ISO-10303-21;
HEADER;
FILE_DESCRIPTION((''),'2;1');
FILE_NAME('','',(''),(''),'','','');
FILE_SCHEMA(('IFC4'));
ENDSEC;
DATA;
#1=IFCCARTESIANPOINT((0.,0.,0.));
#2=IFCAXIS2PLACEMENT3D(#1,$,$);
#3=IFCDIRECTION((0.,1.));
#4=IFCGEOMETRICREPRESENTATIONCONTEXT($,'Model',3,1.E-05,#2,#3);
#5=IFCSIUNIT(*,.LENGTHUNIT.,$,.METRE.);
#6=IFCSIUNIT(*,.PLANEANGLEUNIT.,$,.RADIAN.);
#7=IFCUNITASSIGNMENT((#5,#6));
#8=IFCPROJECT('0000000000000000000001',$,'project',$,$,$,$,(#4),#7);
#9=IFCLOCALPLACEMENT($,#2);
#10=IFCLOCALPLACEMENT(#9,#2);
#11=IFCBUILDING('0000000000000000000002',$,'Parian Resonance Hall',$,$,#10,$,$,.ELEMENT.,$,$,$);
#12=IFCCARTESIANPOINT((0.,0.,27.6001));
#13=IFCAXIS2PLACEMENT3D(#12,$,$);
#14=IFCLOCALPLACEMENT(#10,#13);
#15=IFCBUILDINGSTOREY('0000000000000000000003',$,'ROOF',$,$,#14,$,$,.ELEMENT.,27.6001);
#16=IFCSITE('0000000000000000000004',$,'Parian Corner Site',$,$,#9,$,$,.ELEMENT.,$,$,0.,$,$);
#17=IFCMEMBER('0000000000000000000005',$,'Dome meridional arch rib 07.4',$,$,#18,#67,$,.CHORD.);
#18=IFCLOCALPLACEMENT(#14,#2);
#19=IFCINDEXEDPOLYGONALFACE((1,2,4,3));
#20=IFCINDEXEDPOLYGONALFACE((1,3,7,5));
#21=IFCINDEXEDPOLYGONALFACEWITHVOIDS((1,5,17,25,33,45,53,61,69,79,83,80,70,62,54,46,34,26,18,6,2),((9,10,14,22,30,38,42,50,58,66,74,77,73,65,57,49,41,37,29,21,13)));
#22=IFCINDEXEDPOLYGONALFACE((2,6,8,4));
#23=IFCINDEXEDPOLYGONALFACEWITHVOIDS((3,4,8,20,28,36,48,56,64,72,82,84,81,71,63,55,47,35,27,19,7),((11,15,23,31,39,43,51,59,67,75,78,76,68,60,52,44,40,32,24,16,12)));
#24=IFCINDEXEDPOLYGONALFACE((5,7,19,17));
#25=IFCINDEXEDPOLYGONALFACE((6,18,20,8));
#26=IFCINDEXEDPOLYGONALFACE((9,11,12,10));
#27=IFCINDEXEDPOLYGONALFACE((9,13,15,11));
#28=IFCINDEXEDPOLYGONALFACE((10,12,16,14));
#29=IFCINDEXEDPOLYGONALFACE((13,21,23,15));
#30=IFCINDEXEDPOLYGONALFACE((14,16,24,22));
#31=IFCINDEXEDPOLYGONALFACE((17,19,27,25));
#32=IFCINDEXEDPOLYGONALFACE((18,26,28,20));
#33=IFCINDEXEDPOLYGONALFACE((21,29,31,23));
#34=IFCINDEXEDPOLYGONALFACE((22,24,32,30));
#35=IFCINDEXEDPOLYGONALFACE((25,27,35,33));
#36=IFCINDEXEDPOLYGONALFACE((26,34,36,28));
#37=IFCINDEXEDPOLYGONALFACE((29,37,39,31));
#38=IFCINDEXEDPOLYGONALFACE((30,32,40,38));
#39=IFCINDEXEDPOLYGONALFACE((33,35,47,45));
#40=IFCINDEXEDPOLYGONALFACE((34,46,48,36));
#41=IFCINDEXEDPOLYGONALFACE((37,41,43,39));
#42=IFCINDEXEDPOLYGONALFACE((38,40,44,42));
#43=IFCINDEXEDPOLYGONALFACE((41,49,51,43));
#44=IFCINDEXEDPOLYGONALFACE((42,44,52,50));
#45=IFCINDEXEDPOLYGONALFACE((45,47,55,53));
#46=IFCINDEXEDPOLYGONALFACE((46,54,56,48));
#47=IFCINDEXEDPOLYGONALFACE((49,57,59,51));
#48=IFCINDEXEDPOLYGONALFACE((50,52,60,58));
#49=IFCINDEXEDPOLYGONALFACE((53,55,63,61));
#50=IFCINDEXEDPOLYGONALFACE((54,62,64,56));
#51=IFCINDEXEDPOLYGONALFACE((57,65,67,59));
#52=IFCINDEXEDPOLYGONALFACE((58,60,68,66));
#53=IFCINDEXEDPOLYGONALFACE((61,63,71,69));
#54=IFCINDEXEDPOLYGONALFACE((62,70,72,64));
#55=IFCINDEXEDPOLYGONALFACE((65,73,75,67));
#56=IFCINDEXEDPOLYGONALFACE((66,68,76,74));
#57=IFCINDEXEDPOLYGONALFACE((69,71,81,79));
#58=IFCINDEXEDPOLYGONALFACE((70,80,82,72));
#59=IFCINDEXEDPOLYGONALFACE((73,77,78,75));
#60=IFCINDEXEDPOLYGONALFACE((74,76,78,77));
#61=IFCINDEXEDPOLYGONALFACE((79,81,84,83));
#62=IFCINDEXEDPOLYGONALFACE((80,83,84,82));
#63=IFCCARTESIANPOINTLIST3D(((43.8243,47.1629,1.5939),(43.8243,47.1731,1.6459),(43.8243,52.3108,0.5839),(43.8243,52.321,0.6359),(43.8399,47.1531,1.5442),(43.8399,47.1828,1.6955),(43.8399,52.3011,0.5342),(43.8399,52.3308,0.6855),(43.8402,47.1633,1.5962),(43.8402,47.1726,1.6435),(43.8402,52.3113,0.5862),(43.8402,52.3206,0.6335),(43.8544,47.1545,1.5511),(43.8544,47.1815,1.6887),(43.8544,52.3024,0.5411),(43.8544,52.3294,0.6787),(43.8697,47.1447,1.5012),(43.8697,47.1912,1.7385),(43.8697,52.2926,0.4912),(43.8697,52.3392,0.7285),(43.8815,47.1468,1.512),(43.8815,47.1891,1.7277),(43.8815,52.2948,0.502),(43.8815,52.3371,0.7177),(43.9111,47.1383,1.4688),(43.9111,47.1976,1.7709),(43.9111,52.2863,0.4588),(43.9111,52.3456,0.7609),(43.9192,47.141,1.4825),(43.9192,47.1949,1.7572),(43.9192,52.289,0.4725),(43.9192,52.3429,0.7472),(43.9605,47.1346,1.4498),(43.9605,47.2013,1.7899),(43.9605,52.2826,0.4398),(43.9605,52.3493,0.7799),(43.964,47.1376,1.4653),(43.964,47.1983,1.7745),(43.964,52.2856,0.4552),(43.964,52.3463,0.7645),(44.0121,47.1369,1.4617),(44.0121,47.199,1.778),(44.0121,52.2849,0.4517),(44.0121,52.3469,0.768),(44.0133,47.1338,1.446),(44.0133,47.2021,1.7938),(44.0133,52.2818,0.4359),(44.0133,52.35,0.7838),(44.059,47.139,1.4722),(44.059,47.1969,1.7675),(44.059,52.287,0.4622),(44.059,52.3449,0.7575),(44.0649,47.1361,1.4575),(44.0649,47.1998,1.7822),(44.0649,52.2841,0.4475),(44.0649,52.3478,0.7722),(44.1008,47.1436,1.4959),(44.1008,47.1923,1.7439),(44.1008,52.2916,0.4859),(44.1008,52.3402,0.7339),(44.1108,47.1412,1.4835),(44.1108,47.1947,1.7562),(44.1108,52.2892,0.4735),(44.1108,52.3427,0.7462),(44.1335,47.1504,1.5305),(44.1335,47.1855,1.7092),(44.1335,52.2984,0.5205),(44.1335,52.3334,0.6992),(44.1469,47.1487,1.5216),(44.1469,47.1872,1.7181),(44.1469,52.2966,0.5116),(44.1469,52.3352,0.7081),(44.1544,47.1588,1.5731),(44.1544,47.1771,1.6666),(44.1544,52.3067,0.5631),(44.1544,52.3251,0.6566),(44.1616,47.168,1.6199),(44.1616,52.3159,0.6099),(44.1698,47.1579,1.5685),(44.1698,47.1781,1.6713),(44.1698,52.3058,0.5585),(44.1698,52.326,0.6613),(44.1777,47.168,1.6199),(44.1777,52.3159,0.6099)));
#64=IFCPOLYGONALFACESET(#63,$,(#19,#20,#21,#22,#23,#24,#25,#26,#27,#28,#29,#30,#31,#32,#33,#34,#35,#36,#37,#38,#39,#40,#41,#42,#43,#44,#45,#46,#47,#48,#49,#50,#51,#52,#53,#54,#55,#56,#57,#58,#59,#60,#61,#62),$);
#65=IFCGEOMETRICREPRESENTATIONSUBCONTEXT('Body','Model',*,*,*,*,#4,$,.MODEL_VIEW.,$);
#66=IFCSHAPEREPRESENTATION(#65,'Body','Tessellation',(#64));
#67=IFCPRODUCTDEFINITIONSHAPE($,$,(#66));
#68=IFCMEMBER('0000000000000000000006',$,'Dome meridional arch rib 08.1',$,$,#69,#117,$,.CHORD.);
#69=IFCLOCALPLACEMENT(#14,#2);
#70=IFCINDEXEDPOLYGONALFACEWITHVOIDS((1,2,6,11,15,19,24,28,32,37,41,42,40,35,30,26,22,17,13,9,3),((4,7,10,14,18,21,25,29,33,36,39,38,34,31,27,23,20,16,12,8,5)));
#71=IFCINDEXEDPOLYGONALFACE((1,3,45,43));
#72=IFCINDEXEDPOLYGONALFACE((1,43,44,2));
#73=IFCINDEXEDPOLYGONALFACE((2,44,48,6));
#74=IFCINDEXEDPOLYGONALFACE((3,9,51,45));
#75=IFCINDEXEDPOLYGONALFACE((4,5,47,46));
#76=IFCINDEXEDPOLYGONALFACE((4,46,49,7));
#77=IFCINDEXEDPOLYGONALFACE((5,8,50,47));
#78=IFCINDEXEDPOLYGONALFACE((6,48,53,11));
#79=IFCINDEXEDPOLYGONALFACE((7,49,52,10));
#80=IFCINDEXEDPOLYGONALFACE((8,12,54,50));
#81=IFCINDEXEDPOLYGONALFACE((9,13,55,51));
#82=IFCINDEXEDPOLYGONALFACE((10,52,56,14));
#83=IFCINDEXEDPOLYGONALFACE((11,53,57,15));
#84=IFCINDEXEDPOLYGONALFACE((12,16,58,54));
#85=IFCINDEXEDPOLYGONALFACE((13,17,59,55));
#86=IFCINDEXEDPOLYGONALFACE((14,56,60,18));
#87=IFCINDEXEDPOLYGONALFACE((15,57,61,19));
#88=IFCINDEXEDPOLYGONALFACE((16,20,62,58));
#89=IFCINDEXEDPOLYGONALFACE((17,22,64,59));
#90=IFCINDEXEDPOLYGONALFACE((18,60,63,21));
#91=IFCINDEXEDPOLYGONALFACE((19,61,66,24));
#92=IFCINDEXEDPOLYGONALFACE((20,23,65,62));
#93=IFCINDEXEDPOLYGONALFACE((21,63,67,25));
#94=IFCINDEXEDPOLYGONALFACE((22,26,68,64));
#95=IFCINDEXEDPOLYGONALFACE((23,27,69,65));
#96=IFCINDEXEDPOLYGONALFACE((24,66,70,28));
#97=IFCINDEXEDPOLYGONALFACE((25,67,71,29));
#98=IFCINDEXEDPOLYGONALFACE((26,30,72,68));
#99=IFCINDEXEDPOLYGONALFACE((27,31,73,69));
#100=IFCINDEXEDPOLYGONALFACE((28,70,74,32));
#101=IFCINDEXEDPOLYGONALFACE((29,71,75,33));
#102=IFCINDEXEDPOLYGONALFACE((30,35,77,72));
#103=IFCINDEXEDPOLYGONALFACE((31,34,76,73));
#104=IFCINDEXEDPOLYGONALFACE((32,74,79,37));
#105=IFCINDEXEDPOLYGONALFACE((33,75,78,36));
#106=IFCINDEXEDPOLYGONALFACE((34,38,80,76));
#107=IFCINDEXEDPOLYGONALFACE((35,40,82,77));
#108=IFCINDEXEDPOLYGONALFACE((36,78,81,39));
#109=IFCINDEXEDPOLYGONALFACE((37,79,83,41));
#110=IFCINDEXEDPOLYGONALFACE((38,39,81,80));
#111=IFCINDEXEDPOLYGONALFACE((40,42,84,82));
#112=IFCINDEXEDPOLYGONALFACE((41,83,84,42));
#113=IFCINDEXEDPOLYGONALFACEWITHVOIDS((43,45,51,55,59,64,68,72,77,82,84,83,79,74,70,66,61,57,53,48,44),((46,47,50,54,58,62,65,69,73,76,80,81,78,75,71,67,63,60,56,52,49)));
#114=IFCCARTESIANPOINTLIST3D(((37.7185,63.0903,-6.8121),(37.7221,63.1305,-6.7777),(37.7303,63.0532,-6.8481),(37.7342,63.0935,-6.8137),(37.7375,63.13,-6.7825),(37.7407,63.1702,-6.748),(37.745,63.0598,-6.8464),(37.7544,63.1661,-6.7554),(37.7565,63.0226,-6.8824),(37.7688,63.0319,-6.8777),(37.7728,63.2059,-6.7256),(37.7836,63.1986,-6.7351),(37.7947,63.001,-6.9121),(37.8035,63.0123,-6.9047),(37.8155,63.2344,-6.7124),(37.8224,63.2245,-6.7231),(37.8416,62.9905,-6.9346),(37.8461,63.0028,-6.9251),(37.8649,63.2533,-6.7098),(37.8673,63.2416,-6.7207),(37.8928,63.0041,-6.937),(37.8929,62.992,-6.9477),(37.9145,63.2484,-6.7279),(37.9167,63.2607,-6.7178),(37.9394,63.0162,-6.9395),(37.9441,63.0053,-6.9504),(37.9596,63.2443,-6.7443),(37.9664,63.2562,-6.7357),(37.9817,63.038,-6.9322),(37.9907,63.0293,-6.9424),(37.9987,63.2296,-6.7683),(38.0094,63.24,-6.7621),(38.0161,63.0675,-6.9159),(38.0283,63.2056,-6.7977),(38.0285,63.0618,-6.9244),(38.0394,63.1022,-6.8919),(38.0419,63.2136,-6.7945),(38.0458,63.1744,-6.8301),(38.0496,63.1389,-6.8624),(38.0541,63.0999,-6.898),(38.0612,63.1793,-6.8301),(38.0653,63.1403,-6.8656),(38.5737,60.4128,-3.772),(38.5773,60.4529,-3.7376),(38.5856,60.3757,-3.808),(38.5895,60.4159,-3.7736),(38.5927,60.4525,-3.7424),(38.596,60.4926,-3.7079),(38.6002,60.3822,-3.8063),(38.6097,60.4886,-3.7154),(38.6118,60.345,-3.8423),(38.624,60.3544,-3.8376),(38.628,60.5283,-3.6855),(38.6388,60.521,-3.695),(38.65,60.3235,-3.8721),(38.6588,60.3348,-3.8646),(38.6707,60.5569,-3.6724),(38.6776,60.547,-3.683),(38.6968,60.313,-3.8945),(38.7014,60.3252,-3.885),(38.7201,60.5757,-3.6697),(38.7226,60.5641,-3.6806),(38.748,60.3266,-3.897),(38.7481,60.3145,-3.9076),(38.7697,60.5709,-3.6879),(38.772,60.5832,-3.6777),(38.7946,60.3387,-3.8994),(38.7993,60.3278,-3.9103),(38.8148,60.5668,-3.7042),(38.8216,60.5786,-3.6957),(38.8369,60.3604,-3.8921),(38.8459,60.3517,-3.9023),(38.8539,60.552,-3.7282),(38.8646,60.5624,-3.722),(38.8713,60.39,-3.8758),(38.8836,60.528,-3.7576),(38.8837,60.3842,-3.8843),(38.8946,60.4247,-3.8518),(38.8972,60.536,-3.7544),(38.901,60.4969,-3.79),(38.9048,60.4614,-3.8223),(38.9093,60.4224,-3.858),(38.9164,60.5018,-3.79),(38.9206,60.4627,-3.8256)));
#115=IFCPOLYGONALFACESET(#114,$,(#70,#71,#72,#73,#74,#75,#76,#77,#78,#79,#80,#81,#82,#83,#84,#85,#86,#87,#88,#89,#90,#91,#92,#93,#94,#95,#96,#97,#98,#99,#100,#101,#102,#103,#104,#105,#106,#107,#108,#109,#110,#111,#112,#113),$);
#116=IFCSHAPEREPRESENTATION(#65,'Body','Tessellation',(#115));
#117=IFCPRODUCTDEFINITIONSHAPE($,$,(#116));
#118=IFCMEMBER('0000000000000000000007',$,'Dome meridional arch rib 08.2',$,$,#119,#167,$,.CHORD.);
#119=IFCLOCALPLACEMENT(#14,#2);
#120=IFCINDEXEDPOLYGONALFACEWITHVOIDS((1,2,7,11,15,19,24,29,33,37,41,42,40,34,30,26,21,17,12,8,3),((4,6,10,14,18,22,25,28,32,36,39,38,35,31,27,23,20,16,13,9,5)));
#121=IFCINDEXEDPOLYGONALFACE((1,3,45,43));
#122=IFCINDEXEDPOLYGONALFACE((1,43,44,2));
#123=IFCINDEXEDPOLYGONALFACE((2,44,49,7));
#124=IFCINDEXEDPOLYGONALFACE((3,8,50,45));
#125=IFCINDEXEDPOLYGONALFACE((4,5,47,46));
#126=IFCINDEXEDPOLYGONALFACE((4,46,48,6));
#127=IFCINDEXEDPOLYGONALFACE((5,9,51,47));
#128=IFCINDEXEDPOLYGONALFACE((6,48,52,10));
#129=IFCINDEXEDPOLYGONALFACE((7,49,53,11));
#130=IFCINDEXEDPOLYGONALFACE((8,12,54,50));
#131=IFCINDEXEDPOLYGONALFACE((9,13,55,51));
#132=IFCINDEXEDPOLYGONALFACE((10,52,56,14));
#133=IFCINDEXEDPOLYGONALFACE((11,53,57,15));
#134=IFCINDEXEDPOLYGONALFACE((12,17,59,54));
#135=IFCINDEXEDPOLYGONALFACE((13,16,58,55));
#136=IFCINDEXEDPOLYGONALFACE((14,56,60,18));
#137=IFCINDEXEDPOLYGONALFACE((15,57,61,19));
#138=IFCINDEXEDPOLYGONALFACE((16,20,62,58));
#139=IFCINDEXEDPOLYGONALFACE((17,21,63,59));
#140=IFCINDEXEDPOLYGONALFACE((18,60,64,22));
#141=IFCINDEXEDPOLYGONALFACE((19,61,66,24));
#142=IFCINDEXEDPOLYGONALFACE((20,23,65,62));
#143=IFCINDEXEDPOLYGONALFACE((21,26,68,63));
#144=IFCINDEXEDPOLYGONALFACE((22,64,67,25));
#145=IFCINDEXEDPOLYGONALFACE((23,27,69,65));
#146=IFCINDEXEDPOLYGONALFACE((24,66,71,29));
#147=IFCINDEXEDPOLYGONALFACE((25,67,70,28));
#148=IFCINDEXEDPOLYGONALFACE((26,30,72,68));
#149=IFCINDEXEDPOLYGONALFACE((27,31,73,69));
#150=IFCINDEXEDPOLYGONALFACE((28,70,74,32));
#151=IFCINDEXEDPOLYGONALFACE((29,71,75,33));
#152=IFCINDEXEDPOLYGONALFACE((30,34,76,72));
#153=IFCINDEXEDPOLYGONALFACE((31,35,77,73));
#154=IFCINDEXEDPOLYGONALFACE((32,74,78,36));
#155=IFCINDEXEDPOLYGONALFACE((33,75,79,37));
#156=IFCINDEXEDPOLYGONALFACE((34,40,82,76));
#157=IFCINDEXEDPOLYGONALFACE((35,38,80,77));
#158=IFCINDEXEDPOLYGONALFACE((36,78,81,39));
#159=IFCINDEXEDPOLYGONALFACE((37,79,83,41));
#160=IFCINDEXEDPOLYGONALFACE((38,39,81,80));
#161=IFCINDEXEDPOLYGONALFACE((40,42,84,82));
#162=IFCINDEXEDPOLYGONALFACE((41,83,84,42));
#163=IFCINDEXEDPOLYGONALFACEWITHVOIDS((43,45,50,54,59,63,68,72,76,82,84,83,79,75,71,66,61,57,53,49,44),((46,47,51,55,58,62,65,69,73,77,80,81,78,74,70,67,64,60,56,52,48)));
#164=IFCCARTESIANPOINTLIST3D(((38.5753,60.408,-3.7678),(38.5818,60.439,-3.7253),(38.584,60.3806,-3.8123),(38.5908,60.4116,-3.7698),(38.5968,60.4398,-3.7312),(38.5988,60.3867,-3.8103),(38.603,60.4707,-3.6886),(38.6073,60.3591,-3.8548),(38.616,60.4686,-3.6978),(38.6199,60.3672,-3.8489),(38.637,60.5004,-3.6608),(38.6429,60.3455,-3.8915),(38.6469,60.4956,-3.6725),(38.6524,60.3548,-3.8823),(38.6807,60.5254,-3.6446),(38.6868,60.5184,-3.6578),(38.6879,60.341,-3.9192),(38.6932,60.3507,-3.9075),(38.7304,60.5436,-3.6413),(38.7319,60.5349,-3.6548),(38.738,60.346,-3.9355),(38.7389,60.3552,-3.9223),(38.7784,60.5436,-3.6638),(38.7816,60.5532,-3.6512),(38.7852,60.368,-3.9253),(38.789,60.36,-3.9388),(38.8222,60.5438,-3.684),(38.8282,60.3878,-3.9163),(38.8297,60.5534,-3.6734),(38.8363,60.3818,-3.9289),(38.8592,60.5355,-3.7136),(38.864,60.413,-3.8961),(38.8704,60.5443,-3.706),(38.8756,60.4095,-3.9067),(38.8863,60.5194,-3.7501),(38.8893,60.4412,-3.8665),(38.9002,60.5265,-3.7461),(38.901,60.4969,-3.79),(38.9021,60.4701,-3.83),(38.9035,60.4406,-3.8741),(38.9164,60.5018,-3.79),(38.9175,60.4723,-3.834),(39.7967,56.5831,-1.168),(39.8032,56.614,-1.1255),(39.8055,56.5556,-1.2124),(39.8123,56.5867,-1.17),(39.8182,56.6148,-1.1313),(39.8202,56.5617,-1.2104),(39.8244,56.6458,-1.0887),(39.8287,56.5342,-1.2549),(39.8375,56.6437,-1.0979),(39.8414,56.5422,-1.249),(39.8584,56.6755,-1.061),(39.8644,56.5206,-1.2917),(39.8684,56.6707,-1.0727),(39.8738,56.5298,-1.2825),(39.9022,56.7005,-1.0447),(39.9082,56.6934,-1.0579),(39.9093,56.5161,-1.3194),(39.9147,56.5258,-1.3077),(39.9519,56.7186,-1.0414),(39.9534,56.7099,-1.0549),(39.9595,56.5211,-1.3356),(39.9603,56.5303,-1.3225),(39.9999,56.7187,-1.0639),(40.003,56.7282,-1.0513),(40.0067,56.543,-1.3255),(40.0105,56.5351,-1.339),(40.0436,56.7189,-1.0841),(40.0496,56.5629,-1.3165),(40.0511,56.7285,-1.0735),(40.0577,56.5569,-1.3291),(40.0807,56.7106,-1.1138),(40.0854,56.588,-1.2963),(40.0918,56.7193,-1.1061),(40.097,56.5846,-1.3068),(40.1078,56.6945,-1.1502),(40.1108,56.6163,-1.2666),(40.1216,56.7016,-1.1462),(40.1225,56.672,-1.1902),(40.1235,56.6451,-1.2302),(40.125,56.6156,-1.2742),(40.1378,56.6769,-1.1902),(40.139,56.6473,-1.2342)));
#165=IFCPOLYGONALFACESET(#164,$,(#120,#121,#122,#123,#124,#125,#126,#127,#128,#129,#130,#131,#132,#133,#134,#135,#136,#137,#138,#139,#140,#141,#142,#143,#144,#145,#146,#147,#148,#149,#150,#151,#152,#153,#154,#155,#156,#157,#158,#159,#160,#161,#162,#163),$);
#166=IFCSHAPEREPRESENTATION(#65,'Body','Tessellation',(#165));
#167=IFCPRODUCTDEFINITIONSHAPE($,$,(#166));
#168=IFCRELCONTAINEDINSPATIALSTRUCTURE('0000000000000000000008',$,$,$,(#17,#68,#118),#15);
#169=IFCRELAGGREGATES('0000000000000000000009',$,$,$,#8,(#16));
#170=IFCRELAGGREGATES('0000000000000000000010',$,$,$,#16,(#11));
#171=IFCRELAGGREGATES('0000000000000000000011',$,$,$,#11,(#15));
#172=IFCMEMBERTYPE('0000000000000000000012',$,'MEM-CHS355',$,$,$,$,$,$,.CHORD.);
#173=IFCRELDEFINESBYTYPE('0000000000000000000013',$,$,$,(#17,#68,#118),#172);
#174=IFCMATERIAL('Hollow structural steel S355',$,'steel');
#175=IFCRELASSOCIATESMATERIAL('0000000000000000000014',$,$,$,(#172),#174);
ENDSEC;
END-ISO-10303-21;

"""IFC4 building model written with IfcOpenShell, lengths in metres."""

from ifc_helpers import new_model, si_unit, direction, frame, origin, origin_2d, place, context, subcontext, project, spatial, hollow_circle, extrude, material, material_profile, profile_set, type_object, element, save


model = new_model("IFC4")

# Units and contexts
model_context = context("Model", 3, precision=1e-05, world=origin(), true_north=direction((0.0, 1.0)))
body_context = subcontext(model_context, "Body", "Model", "MODEL_VIEW")
ifc_project = project(units=[si_unit("LENGTHUNIT", "METRE"), si_unit("PLANEANGLEUNIT", "RADIAN")], contexts=[model_context])

# Site, building, storey
site_placement = place(None, origin())
site = spatial("IfcSite", under=ifc_project, at=site_placement, Name="Parian Corner Site", CompositionType="ELEMENT", RefElevation=0.0)
building_placement = place(site_placement, origin())
building = spatial("IfcBuilding", under=site, at=building_placement, Name="Parian Resonance Hall", CompositionType="ELEMENT")
storey_placement = place(building_placement, frame((0.0, 0.0, 27.6001)))
storey = spatial("IfcBuildingStorey", under=building, at=storey_placement, Name="ROOF", CompositionType="ELEMENT", Elevation=27.6001)

# Members
ifc_material_1 = material(Name="Hollow structural steel S355", Category="steel")
ifc_material_profile_1 = material_profile(ifc_material_1, hollow_circle(Radius=0.1777, WallThickness=0.0161, at=origin_2d()), Name="CHS355.6x16")
ifc_profile_set_1 = profile_set([ifc_material_profile_1], Name="Hollow structural steel S355")
member_type_1 = type_object("IfcMemberType", Name="MEM-CHS355", PredefinedType="CHORD", material=ifc_profile_set_1)
member_1_placement = place(storey_placement, frame((44.0, 52.3159, 0.6099), z_axis=(0.0, -0.981292, 0.192526), x_axis=(1.0, 0.0, 0.0)))
element("IfcMember", 1, at=member_1_placement, inside=storey, type_object=member_type_1, Name="Dome meridional arch rib 07.4", PredefinedType="CHORD", context=body_context, shape_type="SweptSolid", body=[
    extrude(hollow_circle(Radius=0.1777, WallThickness=0.0161, at=origin_2d()), origin(), (0.0, 0.0, 1.0), 5.2461),
])
member_2_placement = place(storey_placement, frame((37.8918, 63.1252, -6.8301), z_axis=(0.20656, -0.646688, 0.734253), x_axis=(0.952586, 0.304268, 0.0)))
element("IfcMember", 2, at=member_2_placement, inside=storey, type_object=member_type_1, Name="Dome meridional arch rib 08.1", PredefinedType="CHORD", context=body_context, shape_type="SweptSolid", body=[
    extrude(hollow_circle(Radius=0.1777, WallThickness=0.0161, at=origin_2d()), origin(), (0.0, 0.0, 1.0), 4.1404),
])
member_3_placement = place(storey_placement, frame((38.7471, 60.4478, -3.79), z_axis=(0.255346, -0.799622, 0.54351), x_axis=(0.952608, 0.3042, 0.0)))
element("IfcMember", 3, at=member_3_placement, inside=storey, type_object=member_type_1, Name="Dome meridional arch rib 08.2", PredefinedType="CHORD", context=body_context, shape_type="SweptSolid", body=[
    extrude(hollow_circle(Radius=0.1777, WallThickness=0.0161, at=origin_2d()), origin(), (0.0, 0.0, 1.0), 4.7834),
])

save(model, "model.ifc")
